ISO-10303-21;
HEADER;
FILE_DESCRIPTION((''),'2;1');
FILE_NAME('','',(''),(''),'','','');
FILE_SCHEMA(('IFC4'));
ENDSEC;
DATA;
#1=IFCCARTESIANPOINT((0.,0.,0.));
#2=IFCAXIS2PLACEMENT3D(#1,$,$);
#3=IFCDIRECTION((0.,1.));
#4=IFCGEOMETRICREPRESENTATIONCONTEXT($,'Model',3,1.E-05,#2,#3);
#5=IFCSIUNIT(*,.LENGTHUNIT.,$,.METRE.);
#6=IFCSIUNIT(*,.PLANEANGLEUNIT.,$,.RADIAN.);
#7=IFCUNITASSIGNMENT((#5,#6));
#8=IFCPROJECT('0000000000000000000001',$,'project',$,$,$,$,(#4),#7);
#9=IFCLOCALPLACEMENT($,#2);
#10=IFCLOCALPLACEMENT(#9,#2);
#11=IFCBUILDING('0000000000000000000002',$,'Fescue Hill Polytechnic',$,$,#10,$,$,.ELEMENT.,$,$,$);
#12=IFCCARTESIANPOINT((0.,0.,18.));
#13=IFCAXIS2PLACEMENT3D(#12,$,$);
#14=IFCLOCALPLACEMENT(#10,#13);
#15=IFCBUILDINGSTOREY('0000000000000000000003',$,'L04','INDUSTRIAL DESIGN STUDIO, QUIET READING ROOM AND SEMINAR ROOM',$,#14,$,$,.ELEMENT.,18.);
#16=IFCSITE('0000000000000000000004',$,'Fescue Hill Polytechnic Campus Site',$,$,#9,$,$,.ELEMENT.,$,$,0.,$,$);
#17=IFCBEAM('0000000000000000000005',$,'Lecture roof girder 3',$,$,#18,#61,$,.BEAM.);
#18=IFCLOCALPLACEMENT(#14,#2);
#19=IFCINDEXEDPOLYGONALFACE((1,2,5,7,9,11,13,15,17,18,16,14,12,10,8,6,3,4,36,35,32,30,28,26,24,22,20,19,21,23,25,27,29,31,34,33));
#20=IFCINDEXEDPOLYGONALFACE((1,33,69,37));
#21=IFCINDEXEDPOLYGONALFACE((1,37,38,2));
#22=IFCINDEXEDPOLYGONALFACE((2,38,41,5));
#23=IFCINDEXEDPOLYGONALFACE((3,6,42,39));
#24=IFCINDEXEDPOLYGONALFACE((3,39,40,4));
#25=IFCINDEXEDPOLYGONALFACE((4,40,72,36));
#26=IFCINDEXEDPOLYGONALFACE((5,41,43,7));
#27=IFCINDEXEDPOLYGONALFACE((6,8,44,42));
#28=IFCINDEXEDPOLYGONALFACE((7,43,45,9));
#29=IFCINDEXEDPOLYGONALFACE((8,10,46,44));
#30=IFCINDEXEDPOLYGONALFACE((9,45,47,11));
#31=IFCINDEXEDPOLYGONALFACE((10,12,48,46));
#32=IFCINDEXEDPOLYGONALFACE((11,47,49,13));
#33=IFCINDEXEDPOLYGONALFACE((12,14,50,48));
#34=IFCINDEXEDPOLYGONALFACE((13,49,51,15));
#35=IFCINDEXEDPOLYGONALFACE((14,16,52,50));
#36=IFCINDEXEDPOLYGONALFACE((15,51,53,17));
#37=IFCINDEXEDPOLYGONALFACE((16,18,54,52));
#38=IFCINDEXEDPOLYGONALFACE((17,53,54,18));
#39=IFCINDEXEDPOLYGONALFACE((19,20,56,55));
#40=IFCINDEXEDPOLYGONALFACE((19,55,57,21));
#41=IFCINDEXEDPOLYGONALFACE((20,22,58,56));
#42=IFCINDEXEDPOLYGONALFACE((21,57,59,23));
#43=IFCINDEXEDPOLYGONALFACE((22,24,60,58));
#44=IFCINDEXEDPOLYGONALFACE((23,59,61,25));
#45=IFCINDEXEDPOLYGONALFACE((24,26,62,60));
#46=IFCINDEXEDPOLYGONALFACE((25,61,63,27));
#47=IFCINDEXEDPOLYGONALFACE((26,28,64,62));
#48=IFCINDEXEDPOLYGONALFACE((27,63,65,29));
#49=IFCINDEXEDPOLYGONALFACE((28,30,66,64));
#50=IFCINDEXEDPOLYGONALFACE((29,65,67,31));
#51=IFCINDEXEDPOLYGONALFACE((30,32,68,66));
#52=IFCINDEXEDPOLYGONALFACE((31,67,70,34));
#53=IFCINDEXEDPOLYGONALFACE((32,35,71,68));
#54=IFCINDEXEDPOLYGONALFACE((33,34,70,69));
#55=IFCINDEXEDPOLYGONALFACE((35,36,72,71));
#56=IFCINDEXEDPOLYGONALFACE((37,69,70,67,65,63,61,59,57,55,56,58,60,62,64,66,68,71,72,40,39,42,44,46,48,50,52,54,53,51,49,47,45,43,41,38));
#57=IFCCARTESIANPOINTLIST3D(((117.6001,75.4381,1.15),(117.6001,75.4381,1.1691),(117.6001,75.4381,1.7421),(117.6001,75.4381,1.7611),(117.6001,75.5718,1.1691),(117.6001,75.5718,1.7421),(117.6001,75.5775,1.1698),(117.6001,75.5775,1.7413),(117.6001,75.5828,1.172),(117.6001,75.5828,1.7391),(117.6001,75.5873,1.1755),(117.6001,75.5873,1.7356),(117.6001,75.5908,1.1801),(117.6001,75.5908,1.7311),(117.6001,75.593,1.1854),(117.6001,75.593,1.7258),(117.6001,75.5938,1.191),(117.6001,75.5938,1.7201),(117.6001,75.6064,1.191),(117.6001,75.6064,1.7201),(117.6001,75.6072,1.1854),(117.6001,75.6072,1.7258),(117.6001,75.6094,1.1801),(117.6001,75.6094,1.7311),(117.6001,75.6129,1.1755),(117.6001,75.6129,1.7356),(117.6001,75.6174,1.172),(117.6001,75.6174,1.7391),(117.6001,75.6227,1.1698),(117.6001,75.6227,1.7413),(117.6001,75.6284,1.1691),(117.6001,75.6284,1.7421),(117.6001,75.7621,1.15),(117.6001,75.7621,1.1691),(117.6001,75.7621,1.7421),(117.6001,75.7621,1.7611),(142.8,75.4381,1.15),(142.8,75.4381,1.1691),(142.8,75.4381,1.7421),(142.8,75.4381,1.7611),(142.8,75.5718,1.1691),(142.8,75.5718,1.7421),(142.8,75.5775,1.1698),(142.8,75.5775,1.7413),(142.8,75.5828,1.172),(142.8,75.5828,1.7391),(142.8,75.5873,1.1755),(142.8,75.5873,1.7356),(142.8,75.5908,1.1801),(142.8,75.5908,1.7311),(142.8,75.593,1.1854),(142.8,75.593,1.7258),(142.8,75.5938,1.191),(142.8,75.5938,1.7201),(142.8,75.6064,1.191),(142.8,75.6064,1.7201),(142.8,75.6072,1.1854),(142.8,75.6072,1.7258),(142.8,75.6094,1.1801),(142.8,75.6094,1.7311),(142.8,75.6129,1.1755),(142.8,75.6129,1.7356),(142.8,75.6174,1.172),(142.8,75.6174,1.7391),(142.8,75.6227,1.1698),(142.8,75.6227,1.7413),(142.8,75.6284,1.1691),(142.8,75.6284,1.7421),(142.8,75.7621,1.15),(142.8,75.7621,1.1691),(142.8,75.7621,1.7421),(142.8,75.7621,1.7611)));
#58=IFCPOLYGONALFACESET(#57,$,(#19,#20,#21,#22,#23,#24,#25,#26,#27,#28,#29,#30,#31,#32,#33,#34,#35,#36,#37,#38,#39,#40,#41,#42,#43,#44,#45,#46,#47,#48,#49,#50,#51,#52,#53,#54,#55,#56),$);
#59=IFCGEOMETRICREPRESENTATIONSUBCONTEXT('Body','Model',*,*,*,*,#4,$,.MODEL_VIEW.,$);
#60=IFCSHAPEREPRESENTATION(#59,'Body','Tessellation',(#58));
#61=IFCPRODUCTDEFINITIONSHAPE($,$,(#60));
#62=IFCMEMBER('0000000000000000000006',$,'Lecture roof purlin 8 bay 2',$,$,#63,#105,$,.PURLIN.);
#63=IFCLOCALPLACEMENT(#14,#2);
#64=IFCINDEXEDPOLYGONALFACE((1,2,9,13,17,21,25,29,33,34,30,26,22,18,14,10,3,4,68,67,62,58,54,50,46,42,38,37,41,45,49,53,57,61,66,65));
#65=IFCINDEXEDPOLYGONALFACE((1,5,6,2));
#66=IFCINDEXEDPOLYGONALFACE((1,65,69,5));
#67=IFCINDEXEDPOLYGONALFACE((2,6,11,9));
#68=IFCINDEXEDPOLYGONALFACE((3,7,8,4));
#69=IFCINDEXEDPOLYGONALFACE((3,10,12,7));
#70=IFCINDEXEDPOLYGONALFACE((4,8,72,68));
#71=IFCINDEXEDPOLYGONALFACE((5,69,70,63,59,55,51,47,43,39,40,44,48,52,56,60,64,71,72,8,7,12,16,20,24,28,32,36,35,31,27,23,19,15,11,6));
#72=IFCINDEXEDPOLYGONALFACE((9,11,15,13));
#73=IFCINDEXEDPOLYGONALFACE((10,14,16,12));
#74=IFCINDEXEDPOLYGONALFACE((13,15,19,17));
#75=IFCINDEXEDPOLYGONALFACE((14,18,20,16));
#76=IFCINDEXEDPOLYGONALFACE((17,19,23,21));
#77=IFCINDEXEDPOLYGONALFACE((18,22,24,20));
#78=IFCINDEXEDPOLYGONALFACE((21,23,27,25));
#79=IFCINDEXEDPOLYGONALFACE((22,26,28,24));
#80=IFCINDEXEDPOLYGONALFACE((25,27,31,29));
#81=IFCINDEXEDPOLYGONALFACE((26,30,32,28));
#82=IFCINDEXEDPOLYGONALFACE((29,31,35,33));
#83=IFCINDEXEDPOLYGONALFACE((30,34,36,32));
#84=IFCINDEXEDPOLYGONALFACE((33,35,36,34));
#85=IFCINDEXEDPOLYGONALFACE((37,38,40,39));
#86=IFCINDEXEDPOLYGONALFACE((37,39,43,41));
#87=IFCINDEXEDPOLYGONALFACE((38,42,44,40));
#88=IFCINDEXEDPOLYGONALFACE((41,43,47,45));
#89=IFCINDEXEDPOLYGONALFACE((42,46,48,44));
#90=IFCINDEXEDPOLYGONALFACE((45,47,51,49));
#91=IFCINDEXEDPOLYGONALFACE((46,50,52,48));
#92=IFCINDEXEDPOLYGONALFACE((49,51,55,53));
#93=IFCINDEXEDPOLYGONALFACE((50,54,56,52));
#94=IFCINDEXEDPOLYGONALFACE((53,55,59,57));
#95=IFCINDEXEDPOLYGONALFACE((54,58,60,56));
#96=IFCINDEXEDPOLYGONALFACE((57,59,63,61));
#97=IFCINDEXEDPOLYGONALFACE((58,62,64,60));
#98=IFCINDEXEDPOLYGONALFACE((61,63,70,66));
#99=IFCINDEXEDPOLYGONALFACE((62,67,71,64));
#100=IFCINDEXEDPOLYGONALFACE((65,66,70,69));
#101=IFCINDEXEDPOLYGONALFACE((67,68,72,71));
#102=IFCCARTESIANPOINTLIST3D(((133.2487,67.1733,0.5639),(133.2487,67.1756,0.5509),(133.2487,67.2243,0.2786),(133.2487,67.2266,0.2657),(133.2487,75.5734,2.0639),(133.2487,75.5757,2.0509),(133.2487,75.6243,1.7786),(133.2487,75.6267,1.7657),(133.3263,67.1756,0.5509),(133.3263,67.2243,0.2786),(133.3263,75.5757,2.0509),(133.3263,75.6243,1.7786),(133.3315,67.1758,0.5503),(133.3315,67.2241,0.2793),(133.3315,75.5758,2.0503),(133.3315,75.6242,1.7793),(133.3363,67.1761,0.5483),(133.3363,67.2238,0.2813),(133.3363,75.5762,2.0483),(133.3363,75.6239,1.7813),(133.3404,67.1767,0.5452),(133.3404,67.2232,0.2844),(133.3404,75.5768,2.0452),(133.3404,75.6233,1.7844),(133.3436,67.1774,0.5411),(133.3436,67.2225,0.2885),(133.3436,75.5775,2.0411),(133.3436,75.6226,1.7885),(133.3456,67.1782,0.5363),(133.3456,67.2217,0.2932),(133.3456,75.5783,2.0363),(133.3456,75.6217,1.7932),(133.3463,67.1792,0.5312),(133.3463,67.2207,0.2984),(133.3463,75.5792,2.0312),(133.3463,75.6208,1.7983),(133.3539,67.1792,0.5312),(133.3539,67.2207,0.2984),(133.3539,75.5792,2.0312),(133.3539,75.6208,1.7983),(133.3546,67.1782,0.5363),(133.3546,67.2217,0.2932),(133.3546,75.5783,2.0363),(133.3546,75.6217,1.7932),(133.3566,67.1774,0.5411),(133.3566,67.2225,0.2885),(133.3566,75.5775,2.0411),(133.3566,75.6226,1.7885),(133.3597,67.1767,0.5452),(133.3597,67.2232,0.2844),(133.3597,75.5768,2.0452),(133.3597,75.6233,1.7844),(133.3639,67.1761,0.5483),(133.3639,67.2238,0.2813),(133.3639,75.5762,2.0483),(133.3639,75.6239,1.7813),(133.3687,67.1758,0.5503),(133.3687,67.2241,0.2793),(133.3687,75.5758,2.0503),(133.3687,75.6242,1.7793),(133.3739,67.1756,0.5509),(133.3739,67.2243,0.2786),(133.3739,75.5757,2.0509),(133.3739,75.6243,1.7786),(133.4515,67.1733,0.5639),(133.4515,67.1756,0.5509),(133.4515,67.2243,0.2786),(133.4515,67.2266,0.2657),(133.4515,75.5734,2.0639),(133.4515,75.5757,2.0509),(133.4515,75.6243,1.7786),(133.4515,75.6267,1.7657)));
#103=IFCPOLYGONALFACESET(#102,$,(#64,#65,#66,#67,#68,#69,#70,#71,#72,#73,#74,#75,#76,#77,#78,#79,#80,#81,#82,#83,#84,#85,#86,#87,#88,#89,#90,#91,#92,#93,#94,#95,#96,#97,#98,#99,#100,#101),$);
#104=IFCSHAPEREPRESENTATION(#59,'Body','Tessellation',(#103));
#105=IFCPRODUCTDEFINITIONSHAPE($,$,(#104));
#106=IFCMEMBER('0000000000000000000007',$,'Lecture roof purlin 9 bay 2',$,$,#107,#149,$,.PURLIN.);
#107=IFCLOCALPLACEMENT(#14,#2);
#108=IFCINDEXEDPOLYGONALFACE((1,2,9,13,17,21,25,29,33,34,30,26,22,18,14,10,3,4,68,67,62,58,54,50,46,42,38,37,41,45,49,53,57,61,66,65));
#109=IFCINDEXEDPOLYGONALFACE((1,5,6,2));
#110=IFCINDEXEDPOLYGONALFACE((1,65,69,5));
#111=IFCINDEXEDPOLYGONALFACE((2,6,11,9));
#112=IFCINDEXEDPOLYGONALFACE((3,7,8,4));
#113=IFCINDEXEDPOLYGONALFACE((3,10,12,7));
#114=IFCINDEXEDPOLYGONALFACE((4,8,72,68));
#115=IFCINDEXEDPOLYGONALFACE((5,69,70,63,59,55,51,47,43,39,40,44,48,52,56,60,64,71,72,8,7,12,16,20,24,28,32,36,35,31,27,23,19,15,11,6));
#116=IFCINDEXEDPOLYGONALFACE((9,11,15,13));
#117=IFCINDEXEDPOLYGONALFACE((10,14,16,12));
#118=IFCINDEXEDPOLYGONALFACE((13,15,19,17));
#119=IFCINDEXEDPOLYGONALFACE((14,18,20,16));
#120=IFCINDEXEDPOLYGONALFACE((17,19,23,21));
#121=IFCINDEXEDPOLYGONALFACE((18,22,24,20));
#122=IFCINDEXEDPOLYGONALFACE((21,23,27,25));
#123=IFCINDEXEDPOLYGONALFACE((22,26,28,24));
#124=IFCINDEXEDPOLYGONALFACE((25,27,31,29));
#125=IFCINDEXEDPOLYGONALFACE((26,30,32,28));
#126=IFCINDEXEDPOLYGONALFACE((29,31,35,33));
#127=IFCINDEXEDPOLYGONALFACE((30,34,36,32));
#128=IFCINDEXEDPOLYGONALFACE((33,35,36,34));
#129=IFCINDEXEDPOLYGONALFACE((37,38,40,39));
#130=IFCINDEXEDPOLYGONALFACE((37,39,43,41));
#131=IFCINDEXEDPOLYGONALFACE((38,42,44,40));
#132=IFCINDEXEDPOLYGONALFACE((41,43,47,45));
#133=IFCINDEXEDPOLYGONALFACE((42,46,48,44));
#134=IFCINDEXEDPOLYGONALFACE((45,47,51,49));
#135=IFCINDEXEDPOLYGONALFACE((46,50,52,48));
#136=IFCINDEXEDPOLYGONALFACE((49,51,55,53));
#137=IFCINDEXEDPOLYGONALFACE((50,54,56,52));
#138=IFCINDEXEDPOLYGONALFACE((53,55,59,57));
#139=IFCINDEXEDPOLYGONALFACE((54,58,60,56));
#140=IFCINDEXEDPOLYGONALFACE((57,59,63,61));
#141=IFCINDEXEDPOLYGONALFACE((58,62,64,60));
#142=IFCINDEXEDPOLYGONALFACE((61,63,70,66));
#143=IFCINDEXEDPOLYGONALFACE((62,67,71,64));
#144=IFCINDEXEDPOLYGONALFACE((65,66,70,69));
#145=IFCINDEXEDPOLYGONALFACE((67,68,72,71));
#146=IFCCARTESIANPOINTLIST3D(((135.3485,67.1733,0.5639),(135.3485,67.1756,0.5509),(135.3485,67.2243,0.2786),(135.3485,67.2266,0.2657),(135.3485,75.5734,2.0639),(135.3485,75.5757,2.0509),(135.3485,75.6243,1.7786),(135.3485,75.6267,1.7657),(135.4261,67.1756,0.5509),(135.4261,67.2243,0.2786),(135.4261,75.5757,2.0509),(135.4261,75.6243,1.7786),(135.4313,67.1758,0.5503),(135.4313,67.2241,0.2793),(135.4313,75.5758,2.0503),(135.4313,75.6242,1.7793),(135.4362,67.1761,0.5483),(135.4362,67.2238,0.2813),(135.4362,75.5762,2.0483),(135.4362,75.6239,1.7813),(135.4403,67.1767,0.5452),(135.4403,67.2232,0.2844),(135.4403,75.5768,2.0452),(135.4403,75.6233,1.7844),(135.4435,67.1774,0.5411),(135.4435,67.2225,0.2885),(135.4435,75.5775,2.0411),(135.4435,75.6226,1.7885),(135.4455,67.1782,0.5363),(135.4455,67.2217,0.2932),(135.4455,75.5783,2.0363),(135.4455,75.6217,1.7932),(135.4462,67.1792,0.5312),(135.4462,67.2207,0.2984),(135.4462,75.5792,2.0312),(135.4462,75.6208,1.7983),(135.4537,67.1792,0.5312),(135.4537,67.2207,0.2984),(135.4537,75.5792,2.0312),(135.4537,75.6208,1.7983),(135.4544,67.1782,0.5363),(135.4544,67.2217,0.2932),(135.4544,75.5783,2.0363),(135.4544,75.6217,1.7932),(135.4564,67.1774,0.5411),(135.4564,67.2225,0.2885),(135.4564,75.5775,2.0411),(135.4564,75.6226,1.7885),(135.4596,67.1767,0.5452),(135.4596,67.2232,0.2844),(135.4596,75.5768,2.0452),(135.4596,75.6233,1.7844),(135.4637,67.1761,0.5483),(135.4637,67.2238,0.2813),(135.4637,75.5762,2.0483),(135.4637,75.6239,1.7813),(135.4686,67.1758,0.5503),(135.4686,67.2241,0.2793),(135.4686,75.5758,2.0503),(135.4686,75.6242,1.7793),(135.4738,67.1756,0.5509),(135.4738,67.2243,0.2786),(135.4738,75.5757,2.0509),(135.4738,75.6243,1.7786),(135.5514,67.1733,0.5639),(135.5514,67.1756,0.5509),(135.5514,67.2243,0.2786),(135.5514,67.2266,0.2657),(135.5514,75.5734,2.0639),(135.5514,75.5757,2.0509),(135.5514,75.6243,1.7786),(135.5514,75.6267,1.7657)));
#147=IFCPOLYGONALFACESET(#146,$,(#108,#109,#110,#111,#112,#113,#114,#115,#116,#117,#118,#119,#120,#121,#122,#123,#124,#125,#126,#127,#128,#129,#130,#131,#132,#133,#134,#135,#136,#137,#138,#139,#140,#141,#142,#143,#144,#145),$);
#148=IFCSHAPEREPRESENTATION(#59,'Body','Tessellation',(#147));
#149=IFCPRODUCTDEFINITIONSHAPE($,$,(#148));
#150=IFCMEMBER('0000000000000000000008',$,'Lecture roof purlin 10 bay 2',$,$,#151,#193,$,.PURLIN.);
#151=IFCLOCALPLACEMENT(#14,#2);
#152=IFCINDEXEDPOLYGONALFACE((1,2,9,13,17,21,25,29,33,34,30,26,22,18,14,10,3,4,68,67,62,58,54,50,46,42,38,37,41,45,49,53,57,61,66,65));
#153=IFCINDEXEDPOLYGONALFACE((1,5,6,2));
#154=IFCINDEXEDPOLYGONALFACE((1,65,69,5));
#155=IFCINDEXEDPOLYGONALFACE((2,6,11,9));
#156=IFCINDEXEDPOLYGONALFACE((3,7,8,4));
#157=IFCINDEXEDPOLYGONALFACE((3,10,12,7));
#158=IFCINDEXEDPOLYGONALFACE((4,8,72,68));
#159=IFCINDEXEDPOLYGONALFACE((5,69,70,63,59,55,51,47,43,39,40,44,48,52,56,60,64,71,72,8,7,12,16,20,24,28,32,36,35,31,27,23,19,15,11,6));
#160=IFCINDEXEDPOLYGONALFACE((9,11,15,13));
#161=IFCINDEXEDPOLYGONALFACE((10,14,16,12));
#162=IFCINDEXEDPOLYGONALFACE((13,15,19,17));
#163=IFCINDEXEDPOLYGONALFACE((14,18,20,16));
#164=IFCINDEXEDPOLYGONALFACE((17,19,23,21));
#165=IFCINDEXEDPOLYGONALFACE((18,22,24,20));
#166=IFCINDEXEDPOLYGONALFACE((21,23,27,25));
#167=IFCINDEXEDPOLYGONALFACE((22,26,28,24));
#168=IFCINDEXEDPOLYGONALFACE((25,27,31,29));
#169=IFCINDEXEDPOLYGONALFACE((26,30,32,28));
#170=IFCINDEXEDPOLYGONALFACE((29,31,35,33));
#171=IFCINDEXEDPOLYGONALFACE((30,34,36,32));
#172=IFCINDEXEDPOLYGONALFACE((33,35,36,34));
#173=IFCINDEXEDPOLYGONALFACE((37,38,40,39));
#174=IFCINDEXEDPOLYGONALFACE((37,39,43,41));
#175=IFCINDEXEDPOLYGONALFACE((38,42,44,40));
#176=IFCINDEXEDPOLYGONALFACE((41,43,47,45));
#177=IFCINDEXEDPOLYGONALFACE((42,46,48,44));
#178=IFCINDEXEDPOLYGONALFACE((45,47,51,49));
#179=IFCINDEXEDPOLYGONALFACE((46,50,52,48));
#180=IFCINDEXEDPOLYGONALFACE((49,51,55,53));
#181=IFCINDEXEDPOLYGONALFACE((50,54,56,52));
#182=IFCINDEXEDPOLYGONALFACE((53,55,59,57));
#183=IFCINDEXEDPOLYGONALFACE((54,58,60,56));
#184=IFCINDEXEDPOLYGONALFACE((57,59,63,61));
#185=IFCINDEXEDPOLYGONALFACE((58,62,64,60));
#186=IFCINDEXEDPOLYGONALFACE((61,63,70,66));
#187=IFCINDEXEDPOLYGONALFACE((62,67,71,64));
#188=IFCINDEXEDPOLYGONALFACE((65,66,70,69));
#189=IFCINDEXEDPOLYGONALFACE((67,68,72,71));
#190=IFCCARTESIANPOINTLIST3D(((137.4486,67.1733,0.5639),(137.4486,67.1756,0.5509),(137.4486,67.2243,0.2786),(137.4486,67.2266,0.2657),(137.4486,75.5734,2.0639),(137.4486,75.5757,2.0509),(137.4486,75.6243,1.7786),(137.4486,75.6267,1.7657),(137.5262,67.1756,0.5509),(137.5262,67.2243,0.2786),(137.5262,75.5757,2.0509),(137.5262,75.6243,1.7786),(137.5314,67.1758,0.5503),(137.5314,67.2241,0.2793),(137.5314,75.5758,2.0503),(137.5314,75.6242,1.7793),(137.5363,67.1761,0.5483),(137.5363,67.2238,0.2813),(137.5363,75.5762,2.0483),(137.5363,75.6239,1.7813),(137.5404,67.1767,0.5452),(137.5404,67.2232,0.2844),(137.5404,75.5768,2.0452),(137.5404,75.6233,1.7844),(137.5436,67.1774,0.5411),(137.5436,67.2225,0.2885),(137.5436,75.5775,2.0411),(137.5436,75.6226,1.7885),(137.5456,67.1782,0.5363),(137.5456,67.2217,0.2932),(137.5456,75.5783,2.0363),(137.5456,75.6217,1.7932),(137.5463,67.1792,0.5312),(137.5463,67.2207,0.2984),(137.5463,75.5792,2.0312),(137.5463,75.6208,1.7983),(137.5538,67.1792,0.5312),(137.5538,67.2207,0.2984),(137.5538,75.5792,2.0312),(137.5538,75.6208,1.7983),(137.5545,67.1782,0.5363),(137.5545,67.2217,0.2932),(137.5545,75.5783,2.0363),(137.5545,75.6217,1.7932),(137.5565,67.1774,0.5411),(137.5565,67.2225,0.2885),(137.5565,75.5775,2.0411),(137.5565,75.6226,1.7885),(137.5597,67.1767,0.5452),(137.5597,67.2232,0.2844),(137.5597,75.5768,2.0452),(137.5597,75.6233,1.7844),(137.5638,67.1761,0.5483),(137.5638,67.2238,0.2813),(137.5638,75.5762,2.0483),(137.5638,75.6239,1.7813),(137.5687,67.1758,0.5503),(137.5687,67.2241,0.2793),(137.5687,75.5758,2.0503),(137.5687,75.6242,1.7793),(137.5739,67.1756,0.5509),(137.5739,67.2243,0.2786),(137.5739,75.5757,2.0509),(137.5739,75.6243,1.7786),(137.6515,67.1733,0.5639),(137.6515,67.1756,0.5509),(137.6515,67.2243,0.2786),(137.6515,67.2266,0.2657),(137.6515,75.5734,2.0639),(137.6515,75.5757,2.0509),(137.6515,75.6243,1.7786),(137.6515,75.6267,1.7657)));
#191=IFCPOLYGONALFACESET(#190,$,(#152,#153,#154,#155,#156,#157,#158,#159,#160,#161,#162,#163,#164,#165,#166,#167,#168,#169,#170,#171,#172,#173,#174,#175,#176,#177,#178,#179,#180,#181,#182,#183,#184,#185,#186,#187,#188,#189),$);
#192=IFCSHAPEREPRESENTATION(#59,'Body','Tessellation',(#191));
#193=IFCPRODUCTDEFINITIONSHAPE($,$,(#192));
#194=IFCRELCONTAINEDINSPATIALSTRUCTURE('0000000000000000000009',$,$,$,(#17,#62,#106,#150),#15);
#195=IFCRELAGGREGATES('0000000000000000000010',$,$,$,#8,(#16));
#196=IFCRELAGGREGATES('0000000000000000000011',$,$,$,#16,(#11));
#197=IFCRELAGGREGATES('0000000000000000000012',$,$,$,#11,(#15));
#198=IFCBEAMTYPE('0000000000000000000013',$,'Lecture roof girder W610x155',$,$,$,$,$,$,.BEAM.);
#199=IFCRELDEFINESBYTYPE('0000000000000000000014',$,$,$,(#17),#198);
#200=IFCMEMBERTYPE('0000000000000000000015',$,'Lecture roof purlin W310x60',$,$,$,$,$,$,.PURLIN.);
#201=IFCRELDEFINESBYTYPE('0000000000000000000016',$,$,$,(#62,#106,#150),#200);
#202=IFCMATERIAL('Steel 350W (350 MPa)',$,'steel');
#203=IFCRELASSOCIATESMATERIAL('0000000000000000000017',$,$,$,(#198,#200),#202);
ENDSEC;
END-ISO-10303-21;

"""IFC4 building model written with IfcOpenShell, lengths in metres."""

from ifc_helpers import new_model, si_unit, direction, frame, origin, origin_2d, place, context, subcontext, project, spatial, i_section, extrude, material, material_profile, profile_set, type_object, element, save


model = new_model("IFC4")

# Units and contexts
model_context = context("Model", 3, precision=1e-05, world=origin(), true_north=direction((0.0, 1.0)))
body_context = subcontext(model_context, "Body", "Model", "MODEL_VIEW")
ifc_project = project(units=[si_unit("LENGTHUNIT", "METRE"), si_unit("PLANEANGLEUNIT", "RADIAN")], contexts=[model_context])

# Site, building, storey
site_placement = place(None, origin())
site = spatial("IfcSite", under=ifc_project, at=site_placement, Name="Fescue Hill Polytechnic Campus Site", CompositionType="ELEMENT", RefElevation=0.0)
building_placement = place(site_placement, origin())
building = spatial("IfcBuilding", under=site, at=building_placement, Name="Fescue Hill Polytechnic", CompositionType="ELEMENT")
storey_placement = place(building_placement, frame((0.0, 0.0, 18.0)))
storey = spatial("IfcBuildingStorey", under=building, at=storey_placement, Name="L04", Description="INDUSTRIAL DESIGN STUDIO, QUIET READING ROOM AND SEMINAR ROOM", CompositionType="ELEMENT", Elevation=18.0)

# Beam
ifc_material_1 = material(Name="Steel 350W (350 MPa)", Category="steel")
ifc_material_profile_1 = material_profile(ifc_material_1, i_section(OverallWidth=0.324, OverallDepth=0.6111, WebThickness=0.0127, FlangeThickness=0.019, FilletRadius=0.022, at=origin_2d()), Name="W610x155")
ifc_profile_set_1 = profile_set([ifc_material_profile_1], Name="Steel 350W (350 MPa)")
beam_type = type_object("IfcBeamType", Name="Lecture roof girder W610x155", PredefinedType="BEAM", material=ifc_profile_set_1)
beam_placement = place(storey_placement, frame((117.6001, 75.6001, 1.4556), z_axis=(1.0, 0.0, 0.0), x_axis=(0.0, 1.0, 0.0)))
element("IfcBeam", 1, at=beam_placement, inside=storey, type_object=beam_type, Name="Lecture roof girder 3", PredefinedType="BEAM", context=body_context, shape_type="SweptSolid", body=[
    extrude(i_section(OverallWidth=0.324, OverallDepth=0.6111, WebThickness=0.0127, FlangeThickness=0.019, FilletRadius=0.022, at=origin_2d()), origin(), (0.0, 0.0, 1.0), 25.2),
])

# Members
ifc_material_profile_2 = material_profile(ifc_material_1, i_section(OverallWidth=0.2029, OverallDepth=0.303, WebThickness=0.0076, FlangeThickness=0.0132, FilletRadius=0.02, at=origin_2d()), Name="W310x60")
ifc_profile_set_2 = profile_set([ifc_material_profile_2], Name="Steel 350W (350 MPa)")
member_type = type_object("IfcMemberType", Name="Lecture roof purlin W310x60", PredefinedType="PURLIN", material=ifc_profile_set_2)
for number, where, z_axis, x_axis, name in (
    (2, (133.3501, 67.2, 0.4148), (0.0, 0.984428, 0.175788), (-1.0, 0.0, 0.0), "Lecture roof purlin 8 bay 2"),
    (3, (135.45, 67.2, 0.4148), (0.0, 0.984428, 0.175788), (-1.0, 0.0, 0.0), "Lecture roof purlin 9 bay 2"),
    (4, (137.55, 67.2, 0.4148), (0.0, 0.984428, 0.175788), (-1.0, 0.0, 0.0), "Lecture roof purlin 10 bay 2"),
):
    element("IfcMember", number, at=place(storey_placement, frame(where, z_axis=z_axis, x_axis=x_axis)), inside=storey, type_object=member_type, Name=name, PredefinedType="PURLIN", context=body_context, shape_type="SweptSolid", body=[
        extrude(i_section(OverallWidth=0.2029, OverallDepth=0.303, WebThickness=0.0076, FlangeThickness=0.0132, FilletRadius=0.02, at=origin_2d()), origin(), (0.0, 0.0, 1.0), 8.533),
    ])

save(model, "model.ifc")
